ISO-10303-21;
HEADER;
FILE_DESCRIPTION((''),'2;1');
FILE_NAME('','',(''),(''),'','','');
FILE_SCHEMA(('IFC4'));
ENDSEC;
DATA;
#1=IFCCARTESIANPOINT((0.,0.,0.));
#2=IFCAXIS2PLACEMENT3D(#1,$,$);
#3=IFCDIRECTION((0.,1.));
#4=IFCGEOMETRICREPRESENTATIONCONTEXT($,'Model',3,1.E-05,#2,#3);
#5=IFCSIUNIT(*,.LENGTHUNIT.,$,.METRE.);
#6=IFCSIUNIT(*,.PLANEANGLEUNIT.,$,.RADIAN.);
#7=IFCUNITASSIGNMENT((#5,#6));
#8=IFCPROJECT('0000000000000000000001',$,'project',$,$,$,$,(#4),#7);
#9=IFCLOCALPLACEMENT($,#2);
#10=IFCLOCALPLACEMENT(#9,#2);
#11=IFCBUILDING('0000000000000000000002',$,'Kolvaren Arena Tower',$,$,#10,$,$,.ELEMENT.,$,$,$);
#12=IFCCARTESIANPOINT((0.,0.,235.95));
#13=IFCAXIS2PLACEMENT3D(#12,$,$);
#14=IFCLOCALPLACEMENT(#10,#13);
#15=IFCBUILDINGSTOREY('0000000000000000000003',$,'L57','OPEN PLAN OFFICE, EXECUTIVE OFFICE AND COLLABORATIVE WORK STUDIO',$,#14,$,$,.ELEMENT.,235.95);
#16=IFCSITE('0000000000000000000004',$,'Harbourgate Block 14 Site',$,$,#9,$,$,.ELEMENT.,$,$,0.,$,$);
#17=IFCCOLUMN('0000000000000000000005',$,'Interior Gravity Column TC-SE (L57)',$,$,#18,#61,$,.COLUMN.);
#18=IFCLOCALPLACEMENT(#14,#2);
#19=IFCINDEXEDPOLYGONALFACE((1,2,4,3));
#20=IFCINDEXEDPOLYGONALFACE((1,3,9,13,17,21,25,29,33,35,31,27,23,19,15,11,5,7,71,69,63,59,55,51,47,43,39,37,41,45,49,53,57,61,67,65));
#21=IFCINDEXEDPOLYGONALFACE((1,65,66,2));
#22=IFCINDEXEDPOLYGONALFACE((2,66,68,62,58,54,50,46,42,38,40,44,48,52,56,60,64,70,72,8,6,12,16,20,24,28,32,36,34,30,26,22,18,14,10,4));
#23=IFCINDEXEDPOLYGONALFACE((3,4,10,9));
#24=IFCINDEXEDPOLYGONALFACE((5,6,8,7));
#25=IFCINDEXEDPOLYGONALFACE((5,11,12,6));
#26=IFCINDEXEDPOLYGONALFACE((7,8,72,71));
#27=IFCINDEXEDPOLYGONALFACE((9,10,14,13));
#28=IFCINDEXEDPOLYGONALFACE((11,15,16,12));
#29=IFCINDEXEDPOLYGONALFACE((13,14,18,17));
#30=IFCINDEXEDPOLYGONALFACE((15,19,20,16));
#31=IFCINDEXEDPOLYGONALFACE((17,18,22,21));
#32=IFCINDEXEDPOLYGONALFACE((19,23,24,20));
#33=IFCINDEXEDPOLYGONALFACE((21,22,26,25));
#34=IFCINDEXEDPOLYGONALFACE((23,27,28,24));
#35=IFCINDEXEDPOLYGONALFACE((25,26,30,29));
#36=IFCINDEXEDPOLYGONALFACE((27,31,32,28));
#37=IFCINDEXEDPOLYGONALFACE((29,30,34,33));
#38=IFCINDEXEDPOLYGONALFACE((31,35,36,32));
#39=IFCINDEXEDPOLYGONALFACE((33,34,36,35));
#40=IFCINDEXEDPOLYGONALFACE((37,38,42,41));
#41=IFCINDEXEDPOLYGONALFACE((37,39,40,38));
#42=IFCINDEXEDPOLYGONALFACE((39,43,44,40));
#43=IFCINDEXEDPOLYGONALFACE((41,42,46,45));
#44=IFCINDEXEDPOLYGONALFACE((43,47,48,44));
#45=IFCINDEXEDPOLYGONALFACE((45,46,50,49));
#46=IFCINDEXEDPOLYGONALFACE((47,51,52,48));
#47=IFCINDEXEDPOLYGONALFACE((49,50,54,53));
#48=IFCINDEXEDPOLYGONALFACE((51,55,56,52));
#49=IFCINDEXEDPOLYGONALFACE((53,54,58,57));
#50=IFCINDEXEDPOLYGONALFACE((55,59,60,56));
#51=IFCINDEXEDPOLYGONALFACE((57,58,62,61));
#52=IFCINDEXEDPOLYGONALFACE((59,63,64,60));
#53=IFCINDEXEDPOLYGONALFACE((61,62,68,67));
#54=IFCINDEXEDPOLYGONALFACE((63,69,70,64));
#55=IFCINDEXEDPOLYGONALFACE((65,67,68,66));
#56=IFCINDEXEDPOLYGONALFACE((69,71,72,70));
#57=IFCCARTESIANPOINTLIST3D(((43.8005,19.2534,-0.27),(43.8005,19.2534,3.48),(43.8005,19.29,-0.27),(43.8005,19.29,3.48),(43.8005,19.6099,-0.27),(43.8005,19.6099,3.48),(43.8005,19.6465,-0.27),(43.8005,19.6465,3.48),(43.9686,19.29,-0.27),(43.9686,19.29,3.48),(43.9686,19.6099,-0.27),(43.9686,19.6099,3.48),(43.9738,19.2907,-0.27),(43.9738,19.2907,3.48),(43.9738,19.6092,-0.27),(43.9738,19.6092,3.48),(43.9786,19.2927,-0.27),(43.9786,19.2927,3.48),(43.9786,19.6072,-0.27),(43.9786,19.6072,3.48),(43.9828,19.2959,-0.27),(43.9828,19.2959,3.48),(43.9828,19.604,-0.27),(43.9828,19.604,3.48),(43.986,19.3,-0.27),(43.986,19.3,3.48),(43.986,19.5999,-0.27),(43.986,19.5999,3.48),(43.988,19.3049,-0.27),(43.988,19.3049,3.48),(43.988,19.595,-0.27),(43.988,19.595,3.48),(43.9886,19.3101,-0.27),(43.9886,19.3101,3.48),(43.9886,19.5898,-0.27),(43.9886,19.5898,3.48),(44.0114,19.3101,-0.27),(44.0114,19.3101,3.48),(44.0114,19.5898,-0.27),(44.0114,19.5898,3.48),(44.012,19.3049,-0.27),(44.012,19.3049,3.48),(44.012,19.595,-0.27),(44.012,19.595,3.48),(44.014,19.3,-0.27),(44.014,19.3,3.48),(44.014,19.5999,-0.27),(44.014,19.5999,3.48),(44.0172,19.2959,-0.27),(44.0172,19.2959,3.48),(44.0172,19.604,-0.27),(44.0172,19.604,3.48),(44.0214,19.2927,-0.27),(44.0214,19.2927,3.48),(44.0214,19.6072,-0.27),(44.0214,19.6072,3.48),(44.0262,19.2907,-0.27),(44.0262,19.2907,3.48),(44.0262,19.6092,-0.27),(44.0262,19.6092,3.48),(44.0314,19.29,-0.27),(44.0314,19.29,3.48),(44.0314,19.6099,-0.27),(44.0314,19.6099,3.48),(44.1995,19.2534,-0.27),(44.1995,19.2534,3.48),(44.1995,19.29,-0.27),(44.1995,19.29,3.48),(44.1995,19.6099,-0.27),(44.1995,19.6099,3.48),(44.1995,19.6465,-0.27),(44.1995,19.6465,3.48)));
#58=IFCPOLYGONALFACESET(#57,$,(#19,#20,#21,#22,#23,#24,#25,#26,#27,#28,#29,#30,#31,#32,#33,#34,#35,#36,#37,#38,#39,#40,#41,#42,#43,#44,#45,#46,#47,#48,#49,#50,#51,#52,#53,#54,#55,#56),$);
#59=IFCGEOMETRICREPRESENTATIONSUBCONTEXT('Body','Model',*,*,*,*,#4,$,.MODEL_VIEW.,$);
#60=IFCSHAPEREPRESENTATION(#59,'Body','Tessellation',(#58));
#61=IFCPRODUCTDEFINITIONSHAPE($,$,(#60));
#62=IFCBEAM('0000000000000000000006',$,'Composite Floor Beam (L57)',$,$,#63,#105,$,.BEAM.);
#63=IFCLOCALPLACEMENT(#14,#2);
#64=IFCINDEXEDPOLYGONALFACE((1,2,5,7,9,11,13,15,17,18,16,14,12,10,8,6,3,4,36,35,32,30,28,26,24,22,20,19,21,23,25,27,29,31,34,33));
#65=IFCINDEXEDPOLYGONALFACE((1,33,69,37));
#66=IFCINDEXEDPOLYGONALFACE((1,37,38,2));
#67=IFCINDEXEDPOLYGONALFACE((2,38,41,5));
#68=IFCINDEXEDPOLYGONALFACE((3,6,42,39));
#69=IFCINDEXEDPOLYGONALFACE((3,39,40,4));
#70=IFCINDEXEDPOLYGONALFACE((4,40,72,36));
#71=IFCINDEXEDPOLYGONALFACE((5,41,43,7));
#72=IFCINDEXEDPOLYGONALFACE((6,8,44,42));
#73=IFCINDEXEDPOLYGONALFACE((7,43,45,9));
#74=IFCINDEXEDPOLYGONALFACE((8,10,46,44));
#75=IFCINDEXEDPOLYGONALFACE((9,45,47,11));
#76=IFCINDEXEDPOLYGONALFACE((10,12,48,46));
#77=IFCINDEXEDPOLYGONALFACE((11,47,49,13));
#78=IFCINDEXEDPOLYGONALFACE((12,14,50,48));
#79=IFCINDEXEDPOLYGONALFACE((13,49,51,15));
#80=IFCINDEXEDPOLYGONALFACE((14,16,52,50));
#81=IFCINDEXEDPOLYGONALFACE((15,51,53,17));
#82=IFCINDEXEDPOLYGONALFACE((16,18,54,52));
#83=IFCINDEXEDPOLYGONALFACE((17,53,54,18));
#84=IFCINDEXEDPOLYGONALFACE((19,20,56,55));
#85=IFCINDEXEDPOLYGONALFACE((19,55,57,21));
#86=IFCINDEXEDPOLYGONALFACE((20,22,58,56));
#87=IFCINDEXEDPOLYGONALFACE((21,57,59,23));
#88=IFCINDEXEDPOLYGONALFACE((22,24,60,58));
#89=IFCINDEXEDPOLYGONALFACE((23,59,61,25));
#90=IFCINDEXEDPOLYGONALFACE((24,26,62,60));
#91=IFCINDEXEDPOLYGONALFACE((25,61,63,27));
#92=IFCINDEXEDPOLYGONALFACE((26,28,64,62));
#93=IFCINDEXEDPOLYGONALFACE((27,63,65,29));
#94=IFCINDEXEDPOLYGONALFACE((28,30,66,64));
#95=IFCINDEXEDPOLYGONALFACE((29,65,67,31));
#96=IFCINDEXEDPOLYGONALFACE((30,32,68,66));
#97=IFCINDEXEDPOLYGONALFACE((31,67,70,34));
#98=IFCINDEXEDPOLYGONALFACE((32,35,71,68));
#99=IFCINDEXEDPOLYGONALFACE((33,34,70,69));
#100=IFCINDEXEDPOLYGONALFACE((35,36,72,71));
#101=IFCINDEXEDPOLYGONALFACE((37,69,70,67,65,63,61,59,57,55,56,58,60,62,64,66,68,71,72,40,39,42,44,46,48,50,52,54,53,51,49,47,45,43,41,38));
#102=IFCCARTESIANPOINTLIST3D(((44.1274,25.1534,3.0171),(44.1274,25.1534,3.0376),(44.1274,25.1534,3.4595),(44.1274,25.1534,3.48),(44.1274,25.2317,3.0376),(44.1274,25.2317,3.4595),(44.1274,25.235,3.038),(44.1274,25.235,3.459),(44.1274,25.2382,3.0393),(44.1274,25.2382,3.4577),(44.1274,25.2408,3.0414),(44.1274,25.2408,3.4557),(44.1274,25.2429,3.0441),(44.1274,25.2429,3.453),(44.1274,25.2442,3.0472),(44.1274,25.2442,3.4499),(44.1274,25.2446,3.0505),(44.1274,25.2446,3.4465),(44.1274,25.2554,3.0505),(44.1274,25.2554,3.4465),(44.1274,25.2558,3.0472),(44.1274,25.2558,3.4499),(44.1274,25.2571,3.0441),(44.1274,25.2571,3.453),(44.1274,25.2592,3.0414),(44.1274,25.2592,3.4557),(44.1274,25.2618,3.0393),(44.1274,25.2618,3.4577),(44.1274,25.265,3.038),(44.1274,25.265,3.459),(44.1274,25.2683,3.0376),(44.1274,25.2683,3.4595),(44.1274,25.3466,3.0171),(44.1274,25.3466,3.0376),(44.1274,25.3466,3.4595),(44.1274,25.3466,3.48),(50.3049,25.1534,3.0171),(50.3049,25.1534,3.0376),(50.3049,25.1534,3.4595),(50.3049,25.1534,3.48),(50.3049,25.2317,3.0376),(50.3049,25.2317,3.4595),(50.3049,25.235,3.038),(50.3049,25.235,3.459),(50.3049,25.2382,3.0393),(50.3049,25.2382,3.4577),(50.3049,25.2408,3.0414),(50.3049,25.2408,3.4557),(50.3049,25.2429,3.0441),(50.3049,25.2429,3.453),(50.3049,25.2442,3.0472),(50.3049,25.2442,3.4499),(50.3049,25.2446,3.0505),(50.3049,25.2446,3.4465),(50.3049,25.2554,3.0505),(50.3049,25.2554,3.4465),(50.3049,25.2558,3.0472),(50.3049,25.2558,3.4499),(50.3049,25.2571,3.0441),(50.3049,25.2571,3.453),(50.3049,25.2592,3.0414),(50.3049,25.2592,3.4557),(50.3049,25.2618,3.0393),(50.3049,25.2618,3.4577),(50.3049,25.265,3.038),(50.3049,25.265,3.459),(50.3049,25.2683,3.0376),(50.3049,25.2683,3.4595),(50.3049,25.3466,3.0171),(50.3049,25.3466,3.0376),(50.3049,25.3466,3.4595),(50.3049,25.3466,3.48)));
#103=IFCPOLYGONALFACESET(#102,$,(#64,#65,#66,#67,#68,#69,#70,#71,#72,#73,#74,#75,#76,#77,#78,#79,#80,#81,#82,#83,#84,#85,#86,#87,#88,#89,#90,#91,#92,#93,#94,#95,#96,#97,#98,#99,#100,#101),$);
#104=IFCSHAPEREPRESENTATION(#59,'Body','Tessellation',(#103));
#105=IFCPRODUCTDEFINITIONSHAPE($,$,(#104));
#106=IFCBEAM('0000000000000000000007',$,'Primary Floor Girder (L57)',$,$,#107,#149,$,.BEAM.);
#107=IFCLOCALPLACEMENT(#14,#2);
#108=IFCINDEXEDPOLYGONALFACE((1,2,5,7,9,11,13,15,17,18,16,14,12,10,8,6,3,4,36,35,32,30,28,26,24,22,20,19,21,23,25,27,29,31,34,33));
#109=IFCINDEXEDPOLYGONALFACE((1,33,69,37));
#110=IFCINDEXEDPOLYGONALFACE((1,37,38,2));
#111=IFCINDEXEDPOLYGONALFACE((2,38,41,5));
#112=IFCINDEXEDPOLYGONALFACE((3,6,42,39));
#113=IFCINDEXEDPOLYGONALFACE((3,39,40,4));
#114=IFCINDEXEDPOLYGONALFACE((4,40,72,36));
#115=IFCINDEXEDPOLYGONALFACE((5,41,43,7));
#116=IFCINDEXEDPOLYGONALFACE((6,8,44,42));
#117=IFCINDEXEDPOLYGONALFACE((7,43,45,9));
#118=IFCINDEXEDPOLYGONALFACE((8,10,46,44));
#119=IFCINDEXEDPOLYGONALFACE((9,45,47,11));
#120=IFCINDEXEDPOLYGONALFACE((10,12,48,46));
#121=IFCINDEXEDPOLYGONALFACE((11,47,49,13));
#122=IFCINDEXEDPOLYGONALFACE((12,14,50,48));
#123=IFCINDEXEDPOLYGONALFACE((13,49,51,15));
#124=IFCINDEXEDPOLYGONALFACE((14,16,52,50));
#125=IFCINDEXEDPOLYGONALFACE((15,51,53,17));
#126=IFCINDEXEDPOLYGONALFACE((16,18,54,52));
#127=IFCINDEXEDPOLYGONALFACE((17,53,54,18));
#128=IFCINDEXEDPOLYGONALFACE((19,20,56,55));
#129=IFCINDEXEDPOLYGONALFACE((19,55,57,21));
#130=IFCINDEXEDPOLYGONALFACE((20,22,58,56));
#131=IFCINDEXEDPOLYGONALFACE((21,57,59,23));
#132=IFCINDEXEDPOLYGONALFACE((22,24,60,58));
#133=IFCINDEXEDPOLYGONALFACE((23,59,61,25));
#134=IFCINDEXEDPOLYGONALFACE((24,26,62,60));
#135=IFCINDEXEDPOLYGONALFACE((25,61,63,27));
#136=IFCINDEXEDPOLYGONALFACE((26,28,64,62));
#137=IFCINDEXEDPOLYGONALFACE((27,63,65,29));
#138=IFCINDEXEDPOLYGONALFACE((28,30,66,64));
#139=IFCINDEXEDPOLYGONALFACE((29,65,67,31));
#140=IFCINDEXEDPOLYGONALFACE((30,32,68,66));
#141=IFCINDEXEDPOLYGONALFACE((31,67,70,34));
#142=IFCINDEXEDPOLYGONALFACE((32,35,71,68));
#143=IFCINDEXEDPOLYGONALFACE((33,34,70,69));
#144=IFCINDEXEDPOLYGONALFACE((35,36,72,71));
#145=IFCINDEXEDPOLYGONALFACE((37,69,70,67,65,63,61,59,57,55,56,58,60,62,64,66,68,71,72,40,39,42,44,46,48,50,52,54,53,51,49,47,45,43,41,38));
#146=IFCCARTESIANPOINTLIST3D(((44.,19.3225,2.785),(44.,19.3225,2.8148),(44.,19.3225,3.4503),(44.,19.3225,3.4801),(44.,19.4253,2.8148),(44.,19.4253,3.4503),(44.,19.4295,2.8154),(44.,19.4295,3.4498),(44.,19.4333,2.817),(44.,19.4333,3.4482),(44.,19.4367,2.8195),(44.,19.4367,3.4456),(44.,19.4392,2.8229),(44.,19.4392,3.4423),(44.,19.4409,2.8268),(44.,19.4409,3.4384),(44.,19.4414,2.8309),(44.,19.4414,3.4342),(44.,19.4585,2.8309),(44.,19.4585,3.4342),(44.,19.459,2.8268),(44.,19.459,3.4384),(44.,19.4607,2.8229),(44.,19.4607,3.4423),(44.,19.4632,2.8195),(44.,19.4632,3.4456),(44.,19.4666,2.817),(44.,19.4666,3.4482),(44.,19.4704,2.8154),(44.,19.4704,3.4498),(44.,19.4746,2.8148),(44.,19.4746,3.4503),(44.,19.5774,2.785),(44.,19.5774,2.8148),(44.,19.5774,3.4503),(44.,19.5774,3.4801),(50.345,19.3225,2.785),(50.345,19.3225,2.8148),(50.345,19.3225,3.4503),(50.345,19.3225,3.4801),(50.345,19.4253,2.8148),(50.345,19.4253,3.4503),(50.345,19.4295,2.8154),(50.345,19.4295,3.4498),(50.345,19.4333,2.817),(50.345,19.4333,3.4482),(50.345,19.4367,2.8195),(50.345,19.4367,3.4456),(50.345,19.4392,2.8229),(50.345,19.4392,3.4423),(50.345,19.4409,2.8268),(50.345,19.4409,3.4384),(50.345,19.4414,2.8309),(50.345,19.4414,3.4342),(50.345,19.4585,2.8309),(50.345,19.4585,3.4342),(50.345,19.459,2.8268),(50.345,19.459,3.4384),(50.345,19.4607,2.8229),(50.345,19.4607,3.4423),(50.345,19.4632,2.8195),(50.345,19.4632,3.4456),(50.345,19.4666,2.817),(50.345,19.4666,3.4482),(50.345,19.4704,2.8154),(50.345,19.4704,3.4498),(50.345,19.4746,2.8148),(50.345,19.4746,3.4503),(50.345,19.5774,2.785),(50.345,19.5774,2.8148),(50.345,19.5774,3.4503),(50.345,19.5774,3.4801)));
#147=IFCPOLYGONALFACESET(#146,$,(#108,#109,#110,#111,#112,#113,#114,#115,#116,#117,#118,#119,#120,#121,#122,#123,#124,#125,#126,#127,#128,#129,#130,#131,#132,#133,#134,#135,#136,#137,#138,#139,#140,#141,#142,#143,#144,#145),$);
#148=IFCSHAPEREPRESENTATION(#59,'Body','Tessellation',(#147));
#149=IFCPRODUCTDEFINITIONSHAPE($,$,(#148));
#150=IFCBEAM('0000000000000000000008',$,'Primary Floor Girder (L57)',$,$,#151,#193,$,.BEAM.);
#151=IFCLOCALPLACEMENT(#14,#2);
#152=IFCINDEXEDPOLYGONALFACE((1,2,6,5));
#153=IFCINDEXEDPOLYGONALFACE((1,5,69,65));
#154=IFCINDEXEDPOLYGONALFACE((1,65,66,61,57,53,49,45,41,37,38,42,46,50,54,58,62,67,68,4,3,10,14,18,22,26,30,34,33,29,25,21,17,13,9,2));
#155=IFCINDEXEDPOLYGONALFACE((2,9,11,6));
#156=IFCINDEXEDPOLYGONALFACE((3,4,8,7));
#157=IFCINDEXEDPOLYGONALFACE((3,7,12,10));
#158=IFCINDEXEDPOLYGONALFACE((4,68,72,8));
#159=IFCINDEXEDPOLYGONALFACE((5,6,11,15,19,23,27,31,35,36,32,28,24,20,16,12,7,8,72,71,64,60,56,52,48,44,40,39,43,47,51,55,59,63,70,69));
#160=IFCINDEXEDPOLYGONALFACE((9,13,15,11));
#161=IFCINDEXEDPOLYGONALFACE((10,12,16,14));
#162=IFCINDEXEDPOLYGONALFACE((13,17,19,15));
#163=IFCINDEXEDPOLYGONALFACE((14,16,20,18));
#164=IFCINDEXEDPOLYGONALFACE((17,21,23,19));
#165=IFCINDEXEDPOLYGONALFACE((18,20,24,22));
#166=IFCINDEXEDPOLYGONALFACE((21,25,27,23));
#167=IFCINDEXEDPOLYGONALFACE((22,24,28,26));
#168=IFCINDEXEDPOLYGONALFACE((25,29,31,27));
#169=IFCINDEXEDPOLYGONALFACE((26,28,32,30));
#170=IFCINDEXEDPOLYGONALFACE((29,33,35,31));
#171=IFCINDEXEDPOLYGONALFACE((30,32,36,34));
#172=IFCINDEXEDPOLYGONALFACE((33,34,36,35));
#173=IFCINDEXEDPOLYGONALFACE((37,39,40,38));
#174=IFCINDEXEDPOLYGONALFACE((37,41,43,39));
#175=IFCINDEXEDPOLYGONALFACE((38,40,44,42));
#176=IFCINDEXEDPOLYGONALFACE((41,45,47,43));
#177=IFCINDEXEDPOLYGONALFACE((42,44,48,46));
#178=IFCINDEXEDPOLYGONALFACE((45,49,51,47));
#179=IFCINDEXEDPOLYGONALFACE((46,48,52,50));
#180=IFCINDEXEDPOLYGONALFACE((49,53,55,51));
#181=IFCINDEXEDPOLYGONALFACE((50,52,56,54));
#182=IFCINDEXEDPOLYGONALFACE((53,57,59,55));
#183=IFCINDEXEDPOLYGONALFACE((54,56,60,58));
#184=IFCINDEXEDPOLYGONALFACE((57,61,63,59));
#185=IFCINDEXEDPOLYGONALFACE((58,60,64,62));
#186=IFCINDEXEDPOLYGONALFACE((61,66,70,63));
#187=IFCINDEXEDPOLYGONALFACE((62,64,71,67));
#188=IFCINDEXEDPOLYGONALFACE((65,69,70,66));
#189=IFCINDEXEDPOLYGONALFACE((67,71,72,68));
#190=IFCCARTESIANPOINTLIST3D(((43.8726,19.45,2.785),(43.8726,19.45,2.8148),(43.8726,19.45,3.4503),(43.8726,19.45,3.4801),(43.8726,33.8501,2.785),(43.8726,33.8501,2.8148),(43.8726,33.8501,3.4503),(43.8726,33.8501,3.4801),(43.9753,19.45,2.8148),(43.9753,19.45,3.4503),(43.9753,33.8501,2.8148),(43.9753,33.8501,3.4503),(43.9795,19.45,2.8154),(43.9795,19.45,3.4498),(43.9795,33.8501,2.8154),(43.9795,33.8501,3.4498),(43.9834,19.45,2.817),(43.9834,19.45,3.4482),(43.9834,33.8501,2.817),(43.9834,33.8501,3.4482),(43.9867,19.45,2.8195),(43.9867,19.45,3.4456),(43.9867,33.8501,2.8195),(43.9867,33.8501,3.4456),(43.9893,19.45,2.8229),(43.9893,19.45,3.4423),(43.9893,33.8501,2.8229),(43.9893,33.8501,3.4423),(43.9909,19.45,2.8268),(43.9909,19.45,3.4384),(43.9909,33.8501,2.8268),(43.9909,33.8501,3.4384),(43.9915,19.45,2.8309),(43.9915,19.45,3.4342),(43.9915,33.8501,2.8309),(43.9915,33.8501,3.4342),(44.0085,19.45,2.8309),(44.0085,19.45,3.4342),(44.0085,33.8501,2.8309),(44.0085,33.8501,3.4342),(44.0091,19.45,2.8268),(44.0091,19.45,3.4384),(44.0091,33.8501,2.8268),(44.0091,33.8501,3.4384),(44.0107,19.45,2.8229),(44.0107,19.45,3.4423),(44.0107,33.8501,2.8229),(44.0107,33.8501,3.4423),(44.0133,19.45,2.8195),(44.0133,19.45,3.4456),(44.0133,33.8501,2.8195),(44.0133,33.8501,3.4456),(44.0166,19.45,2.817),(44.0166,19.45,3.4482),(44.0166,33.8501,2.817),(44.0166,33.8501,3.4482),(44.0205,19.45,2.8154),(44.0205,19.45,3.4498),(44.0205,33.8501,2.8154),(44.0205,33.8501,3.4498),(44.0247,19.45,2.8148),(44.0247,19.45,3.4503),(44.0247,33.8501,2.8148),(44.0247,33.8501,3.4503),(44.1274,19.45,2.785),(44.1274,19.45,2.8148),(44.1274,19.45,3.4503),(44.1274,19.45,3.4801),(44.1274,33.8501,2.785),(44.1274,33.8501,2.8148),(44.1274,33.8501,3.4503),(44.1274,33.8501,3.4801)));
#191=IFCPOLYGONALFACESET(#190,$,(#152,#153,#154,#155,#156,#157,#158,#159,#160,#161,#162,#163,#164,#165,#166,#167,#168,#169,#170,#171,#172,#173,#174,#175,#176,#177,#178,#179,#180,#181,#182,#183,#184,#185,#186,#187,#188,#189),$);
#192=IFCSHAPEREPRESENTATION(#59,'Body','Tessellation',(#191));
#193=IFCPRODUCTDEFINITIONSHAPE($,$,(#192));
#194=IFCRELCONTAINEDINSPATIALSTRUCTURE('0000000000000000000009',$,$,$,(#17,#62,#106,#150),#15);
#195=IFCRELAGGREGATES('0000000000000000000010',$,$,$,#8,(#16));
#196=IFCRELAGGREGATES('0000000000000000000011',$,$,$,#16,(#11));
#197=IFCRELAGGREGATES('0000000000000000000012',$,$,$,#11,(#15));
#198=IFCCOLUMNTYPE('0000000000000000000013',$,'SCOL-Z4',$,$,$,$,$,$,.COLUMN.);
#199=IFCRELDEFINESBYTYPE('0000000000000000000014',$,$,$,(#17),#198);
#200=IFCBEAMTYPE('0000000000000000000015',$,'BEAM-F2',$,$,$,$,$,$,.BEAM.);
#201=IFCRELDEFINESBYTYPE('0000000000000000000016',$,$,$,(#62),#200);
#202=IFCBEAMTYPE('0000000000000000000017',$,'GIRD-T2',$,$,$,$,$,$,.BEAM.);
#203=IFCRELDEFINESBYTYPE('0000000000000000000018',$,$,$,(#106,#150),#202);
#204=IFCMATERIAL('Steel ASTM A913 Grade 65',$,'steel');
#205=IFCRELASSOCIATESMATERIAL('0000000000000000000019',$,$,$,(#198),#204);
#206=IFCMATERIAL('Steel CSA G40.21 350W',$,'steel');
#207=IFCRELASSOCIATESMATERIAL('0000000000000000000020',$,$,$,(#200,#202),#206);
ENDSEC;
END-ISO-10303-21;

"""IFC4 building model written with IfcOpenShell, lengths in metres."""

from ifc_helpers import new_model, si_unit, direction, frame, origin, origin_2d, place, context, subcontext, project, spatial, i_section, extrude, material, material_profile, profile_set, type_object, element, save


model = new_model("IFC4")

# Units and contexts
model_context = context("Model", 3, precision=1e-05, world=origin(), true_north=direction((0.0, 1.0)))
body_context = subcontext(model_context, "Body", "Model", "MODEL_VIEW")
ifc_project = project(units=[si_unit("LENGTHUNIT", "METRE"), si_unit("PLANEANGLEUNIT", "RADIAN")], contexts=[model_context])

# Site, building, storey
site_placement = place(None, origin())
site = spatial("IfcSite", under=ifc_project, at=site_placement, Name="Harbourgate Block 14 Site", CompositionType="ELEMENT", RefElevation=0.0)
building_placement = place(site_placement, origin())
building = spatial("IfcBuilding", under=site, at=building_placement, Name="Kolvaren Arena Tower", CompositionType="ELEMENT")
storey_placement = place(building_placement, frame((0.0, 0.0, 235.95)))
storey = spatial("IfcBuildingStorey", under=building, at=storey_placement, Name="L57", Description="OPEN PLAN OFFICE, EXECUTIVE OFFICE AND COLLABORATIVE WORK STUDIO", CompositionType="ELEMENT", Elevation=235.95)

# Column
ifc_material_1 = material(Name="Steel ASTM A913 Grade 65", Category="steel")
ifc_material_profile_1 = material_profile(ifc_material_1, i_section(OverallWidth=0.3989, OverallDepth=0.3931, WebThickness=0.0227, FlangeThickness=0.0366, FilletRadius=0.02, at=origin_2d()), Name="W360x287")
ifc_profile_set_1 = profile_set([ifc_material_profile_1], Name="Steel ASTM A913 Grade 65")
column_type = type_object("IfcColumnType", Name="SCOL-Z4", PredefinedType="COLUMN", material=ifc_profile_set_1)
column_placement = place(storey_placement, frame((44.0, 19.45, -0.27), z_axis=(0.0, 0.0, 1.0), x_axis=(1.0, 0.0, 0.0)))
element("IfcColumn", 1, at=column_placement, inside=storey, type_object=column_type, Name="Interior Gravity Column TC-SE (L57)", PredefinedType="COLUMN", context=body_context, shape_type="SweptSolid", body=[
    extrude(i_section(OverallWidth=0.3989, OverallDepth=0.3931, WebThickness=0.0227, FlangeThickness=0.0366, FilletRadius=0.02, at=origin_2d()), origin(), (0.0, 0.0, 1.0), 3.75),
])

# Beams
ifc_material_2 = material(Name="Steel CSA G40.21 350W", Category="steel")
ifc_material_profile_2 = material_profile(ifc_material_2, i_section(OverallWidth=0.1931, OverallDepth=0.4629, WebThickness=0.0107, FlangeThickness=0.0205, FilletRadius=0.0129, at=origin_2d()), Name="W460x113")
ifc_profile_set_2 = profile_set([ifc_material_profile_2], Name="Steel CSA G40.21 350W")
beam_type_1 = type_object("IfcBeamType", Name="BEAM-F2", PredefinedType="BEAM", material=ifc_profile_set_2)
beam_1_placement = place(storey_placement, frame((44.1274, 25.25, 3.2485), z_axis=(1.0, 0.0, 0.0), x_axis=(0.0, 1.0, 0.0)))
element("IfcBeam", 2, at=beam_1_placement, inside=storey, type_object=beam_type_1, Name="Composite Floor Beam (L57)", PredefinedType="BEAM", context=body_context, shape_type="SweptSolid", body=[
    extrude(i_section(OverallWidth=0.1931, OverallDepth=0.4629, WebThickness=0.0107, FlangeThickness=0.0205, FilletRadius=0.0129, at=origin_2d()), origin(), (0.0, 0.0, 1.0), 6.1775),
])
ifc_material_profile_3 = material_profile(ifc_material_2, i_section(OverallWidth=0.2549, OverallDepth=0.6951, WebThickness=0.0171, FlangeThickness=0.0298, FilletRadius=0.0161, at=origin_2d()), Name="W690x217")
ifc_profile_set_3 = profile_set([ifc_material_profile_3], Name="Steel CSA G40.21 350W")
beam_type_2 = type_object("IfcBeamType", Name="GIRD-T2", PredefinedType="BEAM", material=ifc_profile_set_3)
beam_2_placement = place(storey_placement, frame((44.0, 19.45, 3.1326), z_axis=(1.0, 0.0, 0.0), x_axis=(0.0, 1.0, 0.0)))
element("IfcBeam", 3, at=beam_2_placement, inside=storey, type_object=beam_type_2, Name="Primary Floor Girder (L57)", PredefinedType="BEAM", context=body_context, shape_type="SweptSolid", body=[
    extrude(i_section(OverallWidth=0.2549, OverallDepth=0.6951, WebThickness=0.0171, FlangeThickness=0.0298, FilletRadius=0.0161, at=origin_2d()), origin(), (0.0, 0.0, 1.0), 6.345),
])
beam_3_placement = place(storey_placement, frame((44.0, 19.45, 3.1326), z_axis=(0.0, 1.0, 0.0), x_axis=(-1.0, 0.0, 0.0)))
element("IfcBeam", 4, at=beam_3_placement, inside=storey, type_object=beam_type_2, Name="Primary Floor Girder (L57)", PredefinedType="BEAM", context=body_context, shape_type="SweptSolid", body=[
    extrude(i_section(OverallWidth=0.2549, OverallDepth=0.6951, WebThickness=0.0171, FlangeThickness=0.0298, FilletRadius=0.0161, at=origin_2d()), origin(), (0.0, 0.0, 1.0), 14.4001),
])

save(model, "model.ifc")
